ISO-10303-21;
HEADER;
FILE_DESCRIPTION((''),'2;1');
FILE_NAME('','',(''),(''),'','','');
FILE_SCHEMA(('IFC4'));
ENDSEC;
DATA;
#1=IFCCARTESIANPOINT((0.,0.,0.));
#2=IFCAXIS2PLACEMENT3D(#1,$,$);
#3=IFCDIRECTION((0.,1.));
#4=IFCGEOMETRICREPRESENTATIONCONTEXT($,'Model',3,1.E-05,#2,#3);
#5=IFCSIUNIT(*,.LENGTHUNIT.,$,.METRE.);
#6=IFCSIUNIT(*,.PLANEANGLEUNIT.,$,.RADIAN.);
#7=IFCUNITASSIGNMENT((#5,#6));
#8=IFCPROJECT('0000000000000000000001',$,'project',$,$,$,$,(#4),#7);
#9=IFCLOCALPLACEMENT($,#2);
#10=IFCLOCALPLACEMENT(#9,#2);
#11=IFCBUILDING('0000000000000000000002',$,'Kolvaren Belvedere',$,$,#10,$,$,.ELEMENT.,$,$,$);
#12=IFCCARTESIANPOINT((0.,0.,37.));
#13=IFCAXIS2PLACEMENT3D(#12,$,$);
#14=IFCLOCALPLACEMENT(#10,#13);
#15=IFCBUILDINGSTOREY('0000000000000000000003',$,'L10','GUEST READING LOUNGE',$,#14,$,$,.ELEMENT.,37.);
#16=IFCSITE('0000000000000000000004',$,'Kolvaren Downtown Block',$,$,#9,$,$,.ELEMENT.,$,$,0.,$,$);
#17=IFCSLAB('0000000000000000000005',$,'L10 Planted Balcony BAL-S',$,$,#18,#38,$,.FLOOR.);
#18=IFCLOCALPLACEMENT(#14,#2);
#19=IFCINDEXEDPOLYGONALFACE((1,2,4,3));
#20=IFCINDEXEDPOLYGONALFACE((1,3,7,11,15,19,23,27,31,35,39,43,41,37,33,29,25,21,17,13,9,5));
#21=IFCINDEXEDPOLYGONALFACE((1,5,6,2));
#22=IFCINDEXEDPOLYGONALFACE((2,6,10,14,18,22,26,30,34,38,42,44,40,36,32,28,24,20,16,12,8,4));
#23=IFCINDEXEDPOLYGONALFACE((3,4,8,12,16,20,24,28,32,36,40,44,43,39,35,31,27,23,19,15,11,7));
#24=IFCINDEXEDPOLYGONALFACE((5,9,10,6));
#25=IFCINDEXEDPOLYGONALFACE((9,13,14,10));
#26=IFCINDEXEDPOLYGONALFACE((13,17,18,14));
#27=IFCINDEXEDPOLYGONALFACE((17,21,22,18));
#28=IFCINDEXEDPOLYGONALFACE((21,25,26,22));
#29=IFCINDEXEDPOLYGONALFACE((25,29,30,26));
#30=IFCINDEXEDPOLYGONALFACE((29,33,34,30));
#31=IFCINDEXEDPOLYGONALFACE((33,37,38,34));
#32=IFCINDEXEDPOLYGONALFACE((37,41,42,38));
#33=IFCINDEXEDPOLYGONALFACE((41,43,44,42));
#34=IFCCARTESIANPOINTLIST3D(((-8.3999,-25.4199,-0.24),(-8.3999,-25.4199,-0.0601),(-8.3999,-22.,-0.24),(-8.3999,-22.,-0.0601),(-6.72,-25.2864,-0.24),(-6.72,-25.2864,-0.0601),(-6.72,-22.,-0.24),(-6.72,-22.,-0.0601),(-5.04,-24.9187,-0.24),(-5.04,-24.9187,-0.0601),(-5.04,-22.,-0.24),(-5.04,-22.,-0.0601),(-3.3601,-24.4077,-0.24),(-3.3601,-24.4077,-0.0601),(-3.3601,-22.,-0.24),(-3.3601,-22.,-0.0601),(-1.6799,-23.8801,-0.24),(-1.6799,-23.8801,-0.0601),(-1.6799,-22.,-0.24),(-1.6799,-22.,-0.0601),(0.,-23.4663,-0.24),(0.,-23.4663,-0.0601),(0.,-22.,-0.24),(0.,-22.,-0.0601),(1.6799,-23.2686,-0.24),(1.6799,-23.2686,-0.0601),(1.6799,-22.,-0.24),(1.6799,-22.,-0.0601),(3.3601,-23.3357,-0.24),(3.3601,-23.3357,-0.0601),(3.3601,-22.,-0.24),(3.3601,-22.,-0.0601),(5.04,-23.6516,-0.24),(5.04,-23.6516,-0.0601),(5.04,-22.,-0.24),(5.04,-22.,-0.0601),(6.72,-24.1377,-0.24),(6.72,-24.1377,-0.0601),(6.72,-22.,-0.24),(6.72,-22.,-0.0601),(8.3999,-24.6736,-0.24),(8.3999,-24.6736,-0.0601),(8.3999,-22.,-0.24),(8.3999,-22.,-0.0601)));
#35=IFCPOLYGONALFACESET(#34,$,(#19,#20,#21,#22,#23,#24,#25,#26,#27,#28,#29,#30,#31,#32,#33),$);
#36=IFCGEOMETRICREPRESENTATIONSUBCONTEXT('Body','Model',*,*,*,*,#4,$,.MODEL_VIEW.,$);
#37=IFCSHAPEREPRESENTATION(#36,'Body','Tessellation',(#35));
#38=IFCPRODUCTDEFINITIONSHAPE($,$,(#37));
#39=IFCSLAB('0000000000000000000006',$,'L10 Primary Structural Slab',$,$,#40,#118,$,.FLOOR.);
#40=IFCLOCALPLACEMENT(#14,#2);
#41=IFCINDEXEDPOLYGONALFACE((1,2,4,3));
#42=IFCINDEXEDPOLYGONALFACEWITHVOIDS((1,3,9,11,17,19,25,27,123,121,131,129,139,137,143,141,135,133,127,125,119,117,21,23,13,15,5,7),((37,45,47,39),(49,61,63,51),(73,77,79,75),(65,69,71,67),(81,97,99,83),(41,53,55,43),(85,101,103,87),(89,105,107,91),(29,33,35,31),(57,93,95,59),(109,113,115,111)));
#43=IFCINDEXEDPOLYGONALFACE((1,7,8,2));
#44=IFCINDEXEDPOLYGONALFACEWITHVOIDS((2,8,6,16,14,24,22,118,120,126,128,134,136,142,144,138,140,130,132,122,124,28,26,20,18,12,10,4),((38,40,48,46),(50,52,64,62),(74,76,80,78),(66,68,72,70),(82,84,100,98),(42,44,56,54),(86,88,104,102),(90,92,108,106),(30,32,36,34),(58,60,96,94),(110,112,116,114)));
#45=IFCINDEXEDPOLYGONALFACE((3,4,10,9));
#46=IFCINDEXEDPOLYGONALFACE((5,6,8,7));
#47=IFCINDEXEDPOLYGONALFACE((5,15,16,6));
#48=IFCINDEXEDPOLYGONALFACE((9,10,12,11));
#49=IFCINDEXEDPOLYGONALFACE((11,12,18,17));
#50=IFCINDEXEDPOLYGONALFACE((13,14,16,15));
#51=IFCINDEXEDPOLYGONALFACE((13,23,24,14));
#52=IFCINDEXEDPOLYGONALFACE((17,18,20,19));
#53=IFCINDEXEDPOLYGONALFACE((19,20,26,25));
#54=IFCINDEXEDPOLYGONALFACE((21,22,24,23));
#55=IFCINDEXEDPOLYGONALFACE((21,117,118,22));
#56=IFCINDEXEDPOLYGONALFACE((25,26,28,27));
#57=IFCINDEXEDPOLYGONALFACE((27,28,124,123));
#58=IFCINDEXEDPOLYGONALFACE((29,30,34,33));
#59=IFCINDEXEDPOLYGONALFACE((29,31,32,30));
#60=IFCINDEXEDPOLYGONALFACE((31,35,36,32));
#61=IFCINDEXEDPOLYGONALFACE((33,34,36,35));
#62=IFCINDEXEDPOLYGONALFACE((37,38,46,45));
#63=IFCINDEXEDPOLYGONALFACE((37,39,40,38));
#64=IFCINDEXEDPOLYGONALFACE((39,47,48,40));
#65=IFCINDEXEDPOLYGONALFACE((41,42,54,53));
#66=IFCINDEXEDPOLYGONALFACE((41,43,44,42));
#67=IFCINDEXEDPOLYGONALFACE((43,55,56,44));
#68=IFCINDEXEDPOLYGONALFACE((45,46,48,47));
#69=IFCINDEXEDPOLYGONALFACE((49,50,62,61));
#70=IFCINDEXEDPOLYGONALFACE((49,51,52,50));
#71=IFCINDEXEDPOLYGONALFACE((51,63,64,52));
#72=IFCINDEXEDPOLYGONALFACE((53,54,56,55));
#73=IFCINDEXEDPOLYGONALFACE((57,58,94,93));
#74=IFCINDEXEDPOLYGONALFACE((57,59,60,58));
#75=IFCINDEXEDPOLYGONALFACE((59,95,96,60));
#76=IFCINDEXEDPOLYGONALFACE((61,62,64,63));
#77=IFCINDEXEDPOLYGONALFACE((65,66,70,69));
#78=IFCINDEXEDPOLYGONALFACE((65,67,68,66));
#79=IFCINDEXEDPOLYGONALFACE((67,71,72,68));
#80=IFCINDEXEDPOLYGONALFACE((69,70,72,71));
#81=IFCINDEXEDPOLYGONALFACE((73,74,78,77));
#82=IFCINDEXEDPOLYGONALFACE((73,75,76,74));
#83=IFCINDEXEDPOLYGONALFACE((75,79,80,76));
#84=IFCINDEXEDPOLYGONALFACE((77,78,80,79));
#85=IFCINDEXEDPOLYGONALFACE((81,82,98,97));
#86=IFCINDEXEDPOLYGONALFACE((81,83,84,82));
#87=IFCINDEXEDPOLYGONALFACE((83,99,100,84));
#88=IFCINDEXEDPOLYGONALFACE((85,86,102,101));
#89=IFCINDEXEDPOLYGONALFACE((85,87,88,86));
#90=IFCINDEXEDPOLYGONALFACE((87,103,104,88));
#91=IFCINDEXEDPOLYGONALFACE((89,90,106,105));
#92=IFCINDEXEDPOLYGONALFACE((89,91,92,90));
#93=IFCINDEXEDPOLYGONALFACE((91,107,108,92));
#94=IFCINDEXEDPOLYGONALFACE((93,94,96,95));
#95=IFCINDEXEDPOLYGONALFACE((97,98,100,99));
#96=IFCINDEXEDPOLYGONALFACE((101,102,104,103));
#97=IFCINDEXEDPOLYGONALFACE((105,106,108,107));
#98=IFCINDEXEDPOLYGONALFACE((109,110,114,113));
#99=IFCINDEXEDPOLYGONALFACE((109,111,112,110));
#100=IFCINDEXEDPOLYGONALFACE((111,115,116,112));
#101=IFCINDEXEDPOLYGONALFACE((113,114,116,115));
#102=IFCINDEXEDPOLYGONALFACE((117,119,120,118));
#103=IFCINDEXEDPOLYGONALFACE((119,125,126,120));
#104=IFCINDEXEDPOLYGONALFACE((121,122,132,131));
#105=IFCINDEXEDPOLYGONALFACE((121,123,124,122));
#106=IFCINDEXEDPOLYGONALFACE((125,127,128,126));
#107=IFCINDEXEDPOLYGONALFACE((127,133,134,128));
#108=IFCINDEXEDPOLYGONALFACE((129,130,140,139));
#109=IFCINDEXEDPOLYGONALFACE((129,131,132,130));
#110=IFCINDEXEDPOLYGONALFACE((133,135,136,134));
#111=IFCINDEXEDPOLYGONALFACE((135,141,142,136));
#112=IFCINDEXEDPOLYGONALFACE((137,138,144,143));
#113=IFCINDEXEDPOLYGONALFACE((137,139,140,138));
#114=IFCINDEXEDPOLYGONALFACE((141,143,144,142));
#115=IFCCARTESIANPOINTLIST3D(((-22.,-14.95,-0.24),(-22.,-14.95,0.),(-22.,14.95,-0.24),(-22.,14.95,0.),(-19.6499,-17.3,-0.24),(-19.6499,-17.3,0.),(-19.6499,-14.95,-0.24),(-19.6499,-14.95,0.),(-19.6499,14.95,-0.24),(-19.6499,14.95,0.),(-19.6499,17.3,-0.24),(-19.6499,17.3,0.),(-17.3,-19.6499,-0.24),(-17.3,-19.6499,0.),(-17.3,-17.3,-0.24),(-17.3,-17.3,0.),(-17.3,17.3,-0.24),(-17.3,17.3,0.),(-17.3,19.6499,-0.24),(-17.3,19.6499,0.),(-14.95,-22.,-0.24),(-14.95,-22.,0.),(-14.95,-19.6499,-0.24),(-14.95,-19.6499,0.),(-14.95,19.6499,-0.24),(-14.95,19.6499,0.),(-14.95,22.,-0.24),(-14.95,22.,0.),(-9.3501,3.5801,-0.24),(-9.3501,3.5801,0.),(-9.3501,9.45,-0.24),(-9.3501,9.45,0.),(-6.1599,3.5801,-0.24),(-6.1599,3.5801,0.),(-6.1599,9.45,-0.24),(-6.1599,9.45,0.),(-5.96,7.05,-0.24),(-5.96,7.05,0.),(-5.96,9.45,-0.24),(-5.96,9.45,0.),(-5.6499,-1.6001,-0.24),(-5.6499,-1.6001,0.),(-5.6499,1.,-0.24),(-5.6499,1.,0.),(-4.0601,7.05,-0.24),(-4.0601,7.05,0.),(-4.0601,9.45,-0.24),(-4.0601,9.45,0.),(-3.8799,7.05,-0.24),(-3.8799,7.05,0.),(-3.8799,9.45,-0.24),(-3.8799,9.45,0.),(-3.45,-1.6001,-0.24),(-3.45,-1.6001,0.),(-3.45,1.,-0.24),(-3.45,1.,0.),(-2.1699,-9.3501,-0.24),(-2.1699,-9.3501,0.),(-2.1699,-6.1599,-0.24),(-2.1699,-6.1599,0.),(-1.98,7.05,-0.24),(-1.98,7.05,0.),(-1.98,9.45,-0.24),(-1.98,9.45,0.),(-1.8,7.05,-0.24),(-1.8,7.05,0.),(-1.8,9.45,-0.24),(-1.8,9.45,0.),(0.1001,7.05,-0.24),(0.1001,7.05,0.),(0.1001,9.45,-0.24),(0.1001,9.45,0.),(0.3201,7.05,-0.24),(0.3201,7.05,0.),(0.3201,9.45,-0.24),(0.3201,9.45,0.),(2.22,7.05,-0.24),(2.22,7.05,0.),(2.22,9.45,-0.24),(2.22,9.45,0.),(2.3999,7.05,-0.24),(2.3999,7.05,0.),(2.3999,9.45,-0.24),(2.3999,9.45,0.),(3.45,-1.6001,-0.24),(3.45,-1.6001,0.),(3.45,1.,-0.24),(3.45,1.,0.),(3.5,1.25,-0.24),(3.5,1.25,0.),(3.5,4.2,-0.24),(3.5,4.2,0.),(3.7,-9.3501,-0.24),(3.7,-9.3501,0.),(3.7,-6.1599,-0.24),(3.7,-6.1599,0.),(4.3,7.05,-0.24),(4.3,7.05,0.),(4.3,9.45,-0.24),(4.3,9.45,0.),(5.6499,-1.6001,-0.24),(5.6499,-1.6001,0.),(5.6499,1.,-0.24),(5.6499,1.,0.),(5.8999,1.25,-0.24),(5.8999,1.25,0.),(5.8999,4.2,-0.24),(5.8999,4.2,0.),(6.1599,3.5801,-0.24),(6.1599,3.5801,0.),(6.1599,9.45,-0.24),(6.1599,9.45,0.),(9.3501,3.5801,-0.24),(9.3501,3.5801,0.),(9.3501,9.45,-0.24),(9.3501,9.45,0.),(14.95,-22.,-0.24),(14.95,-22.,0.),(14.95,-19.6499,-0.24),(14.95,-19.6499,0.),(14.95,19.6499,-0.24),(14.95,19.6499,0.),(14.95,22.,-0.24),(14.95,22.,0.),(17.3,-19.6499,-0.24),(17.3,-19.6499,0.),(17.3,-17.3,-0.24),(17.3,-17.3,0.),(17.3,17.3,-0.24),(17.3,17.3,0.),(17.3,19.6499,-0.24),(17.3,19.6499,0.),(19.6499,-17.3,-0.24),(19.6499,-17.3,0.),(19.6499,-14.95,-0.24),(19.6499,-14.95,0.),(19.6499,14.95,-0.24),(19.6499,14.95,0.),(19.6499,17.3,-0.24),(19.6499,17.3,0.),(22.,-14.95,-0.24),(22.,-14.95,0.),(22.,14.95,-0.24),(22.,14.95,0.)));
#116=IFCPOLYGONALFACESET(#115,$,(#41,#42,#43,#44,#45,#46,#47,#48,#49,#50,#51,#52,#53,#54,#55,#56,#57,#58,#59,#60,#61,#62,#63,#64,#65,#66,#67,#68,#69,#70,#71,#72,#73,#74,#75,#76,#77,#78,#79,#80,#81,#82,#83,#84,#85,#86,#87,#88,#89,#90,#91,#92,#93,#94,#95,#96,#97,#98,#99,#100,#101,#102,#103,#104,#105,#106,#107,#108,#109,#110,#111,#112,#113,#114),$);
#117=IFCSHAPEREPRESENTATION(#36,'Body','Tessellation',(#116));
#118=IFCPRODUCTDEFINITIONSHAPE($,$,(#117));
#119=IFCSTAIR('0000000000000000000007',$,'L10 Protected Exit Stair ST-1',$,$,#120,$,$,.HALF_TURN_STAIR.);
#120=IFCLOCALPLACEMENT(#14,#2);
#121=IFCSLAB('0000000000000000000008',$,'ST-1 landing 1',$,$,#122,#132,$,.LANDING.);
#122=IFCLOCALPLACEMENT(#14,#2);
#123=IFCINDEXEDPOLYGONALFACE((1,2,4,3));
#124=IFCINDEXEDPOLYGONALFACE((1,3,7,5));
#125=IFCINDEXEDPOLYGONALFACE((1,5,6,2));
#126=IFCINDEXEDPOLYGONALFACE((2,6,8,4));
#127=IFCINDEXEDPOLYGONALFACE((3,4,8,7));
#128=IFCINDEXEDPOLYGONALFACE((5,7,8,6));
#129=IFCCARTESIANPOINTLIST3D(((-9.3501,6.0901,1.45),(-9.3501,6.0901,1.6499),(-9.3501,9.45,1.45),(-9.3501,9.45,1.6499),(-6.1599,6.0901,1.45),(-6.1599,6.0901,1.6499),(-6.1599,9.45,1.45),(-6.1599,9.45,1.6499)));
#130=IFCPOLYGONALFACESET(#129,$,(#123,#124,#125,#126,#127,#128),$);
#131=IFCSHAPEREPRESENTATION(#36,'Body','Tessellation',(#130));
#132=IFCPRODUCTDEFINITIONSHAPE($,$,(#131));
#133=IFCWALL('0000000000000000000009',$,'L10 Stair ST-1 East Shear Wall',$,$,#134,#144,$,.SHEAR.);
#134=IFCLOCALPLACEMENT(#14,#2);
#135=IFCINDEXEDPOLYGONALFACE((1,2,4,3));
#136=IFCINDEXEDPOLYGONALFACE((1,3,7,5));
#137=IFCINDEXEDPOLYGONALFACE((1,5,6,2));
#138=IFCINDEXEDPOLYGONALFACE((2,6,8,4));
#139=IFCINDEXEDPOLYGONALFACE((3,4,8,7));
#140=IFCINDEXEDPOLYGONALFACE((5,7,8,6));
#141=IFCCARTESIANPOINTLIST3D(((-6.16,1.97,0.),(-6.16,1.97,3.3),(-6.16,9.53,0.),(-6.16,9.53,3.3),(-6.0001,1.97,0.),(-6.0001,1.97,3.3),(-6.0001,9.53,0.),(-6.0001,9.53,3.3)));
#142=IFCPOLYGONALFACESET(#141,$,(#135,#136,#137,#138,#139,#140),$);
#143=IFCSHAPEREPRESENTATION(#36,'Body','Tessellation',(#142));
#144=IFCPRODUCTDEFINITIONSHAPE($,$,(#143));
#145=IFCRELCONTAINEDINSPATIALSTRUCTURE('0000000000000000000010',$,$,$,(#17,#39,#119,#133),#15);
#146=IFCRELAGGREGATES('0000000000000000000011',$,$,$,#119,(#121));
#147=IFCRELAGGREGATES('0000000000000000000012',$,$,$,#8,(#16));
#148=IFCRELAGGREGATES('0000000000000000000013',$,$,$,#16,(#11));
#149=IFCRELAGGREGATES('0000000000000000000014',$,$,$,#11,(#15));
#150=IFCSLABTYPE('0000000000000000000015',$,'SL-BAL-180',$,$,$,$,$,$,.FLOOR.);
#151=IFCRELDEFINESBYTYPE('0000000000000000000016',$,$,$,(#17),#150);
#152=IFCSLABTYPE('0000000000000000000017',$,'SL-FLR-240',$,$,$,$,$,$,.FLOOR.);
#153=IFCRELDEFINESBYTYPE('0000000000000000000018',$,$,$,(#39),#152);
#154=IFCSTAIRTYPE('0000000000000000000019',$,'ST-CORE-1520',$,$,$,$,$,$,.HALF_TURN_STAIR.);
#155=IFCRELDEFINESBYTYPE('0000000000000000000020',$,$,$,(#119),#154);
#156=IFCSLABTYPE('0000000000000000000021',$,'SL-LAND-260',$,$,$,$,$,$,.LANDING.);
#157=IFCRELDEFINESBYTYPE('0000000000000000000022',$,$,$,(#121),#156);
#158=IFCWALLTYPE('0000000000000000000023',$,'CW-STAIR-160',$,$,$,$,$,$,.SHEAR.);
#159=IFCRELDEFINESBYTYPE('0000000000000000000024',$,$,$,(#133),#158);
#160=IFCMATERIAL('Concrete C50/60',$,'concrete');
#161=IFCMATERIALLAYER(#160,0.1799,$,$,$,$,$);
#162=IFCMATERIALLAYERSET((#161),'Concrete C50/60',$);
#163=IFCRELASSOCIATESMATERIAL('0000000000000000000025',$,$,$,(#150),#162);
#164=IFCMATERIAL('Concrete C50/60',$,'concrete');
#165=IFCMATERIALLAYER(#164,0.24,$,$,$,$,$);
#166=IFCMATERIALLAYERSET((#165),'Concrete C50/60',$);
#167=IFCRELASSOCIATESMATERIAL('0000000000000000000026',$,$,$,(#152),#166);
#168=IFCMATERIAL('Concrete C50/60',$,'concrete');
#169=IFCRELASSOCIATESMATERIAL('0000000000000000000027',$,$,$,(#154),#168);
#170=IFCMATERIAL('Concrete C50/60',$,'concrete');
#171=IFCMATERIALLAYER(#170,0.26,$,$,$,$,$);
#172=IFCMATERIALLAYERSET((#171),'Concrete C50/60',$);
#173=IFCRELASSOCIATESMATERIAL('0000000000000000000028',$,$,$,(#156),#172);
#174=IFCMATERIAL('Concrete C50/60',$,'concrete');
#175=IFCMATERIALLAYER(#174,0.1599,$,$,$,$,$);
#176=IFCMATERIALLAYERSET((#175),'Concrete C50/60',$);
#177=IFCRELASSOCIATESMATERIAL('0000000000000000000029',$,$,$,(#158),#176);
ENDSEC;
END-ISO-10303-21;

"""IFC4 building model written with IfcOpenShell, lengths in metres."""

from ifc_helpers import new_model, si_unit, direction, frame, frame_2d, origin, place, context, subcontext, project, spatial, polyline, rectangle, outline, extrude, material, layer, layer_set, type_object, element, aggregate, save


model = new_model("IFC4")

# Units and contexts
model_context = context("Model", 3, precision=1e-05, world=origin(), true_north=direction((0.0, 1.0)))
body_context = subcontext(model_context, "Body", "Model", "MODEL_VIEW")
ifc_project = project(units=[si_unit("LENGTHUNIT", "METRE"), si_unit("PLANEANGLEUNIT", "RADIAN")], contexts=[model_context])

# Site, building, storey
site_placement = place(None, origin())
site = spatial("IfcSite", under=ifc_project, at=site_placement, Name="Kolvaren Downtown Block", CompositionType="ELEMENT", RefElevation=0.0)
building_placement = place(site_placement, origin())
building = spatial("IfcBuilding", under=site, at=building_placement, Name="Kolvaren Belvedere", CompositionType="ELEMENT")
storey_placement = place(building_placement, frame((0.0, 0.0, 37.0)))
storey = spatial("IfcBuildingStorey", under=building, at=storey_placement, Name="L10", Description="GUEST READING LOUNGE", CompositionType="ELEMENT", Elevation=37.0)

# Slabs
ifc_material_1 = material(Name="Concrete C50/60", Category="concrete")
ifc_layer_1 = layer(ifc_material_1, 0.1799)
ifc_layer_set_1 = layer_set([ifc_layer_1], Name="Concrete C50/60")
slab_type_1 = type_object("IfcSlabType", Name="SL-BAL-180", PredefinedType="FLOOR", material=ifc_layer_set_1)
slab_1_placement = place(storey_placement, frame((0.0, 0.0, -0.24)))
element("IfcSlab", 1, at=slab_1_placement, inside=storey, type_object=slab_type_1, Name="L10 Planted Balcony BAL-S", PredefinedType="FLOOR", context=body_context, shape_type="SweptSolid", body=[
    extrude(outline(polyline([(-8.3999, -25.4199), (-6.72, -25.2864), (-5.04, -24.9187), (-3.3601, -24.4077), (-1.6799, -23.8801), (0.0, -23.4663), (1.6799, -23.2686), (3.3601, -23.3357), (5.04, -23.6516), (6.72, -24.1377), (8.3999, -24.6736), (8.3999, -22.0), (6.72, -22.0), (5.04, -22.0), (3.3601, -22.0), (1.6799, -22.0), (0.0, -22.0), (-1.6799, -22.0), (-3.3601, -22.0), (-5.04, -22.0), (-6.72, -22.0), (-8.3999, -22.0), (-8.3999, -25.4199)])), origin(), (0.0, 0.0, 1.0), 0.1799),
])
ifc_material_2 = material(Name="Concrete C50/60", Category="concrete")
ifc_layer_2 = layer(ifc_material_2, 0.24)
ifc_layer_set_2 = layer_set([ifc_layer_2], Name="Concrete C50/60")
slab_type_2 = type_object("IfcSlabType", Name="SL-FLR-240", PredefinedType="FLOOR", material=ifc_layer_set_2)
slab_2_placement = place(storey_placement, frame((0.0, 0.0, -0.24)))
element("IfcSlab", 2, at=slab_2_placement, inside=storey, type_object=slab_type_2, Name="L10 Primary Structural Slab", PredefinedType="FLOOR", context=body_context, shape_type="SweptSolid", body=[
    extrude(outline(polyline([(-14.95, -22.0), (14.95, -22.0), (14.95, -19.6499), (17.3, -19.6499), (17.3, -17.3), (19.6499, -17.3), (19.6499, -14.95), (22.0, -14.95), (22.0, 14.95), (19.6499, 14.95), (19.6499, 17.3), (17.3, 17.3), (17.3, 19.6499), (14.95, 19.6499), (14.95, 22.0), (-14.95, 22.0), (-14.95, 19.6499), (-17.3, 19.6499), (-17.3, 17.3), (-19.6499, 17.3), (-19.6499, 14.95), (-22.0, 14.95), (-22.0, -14.95), (-19.6499, -14.95), (-19.6499, -17.3), (-17.3, -17.3), (-17.3, -19.6499), (-14.95, -19.6499), (-14.95, -22.0)]), holes=[polyline([(-9.3501, 3.5801), (-6.1599, 3.5801), (-6.1599, 9.45), (-9.3501, 9.45), (-9.3501, 3.5801)]), polyline([(6.1599, 3.5801), (9.3501, 3.5801), (9.3501, 9.45), (6.1599, 9.45), (6.1599, 3.5801)]), polyline([(-2.1699, -9.3501), (3.7, -9.3501), (3.7, -6.1599), (-2.1699, -6.1599), (-2.1699, -9.3501)]), polyline([(-5.6499, -1.6001), (-3.45, -1.6001), (-3.45, 1.0), (-5.6499, 1.0), (-5.6499, -1.6001)]), polyline([(3.5, 1.25), (5.8999, 1.25), (5.8999, 4.2), (3.5, 4.2), (3.5, 1.25)]), polyline([(3.45, -1.6001), (5.6499, -1.6001), (5.6499, 1.0), (3.45, 1.0), (3.45, -1.6001)]), polyline([(-5.96, 7.05), (-4.0601, 7.05), (-4.0601, 9.45), (-5.96, 9.45), (-5.96, 7.05)]), polyline([(-3.8799, 7.05), (-1.98, 7.05), (-1.98, 9.45), (-3.8799, 9.45), (-3.8799, 7.05)]), polyline([(-1.8, 7.05), (0.1001, 7.05), (0.1001, 9.45), (-1.8, 9.45), (-1.8, 7.05)]), polyline([(0.3201, 7.05), (2.22, 7.05), (2.22, 9.45), (0.3201, 9.45), (0.3201, 7.05)]), polyline([(2.3999, 7.05), (4.3, 7.05), (4.3, 9.45), (2.3999, 9.45), (2.3999, 7.05)])]), origin(), (0.0, 0.0, 1.0), 0.24),
])

# Stair, slab
ifc_material_3 = material(Name="Concrete C50/60", Category="concrete")
stair_type = type_object("IfcStairType", Name="ST-CORE-1520", PredefinedType="HALF_TURN_STAIR", material=ifc_material_3)
stair_placement = place(storey_placement, origin())
stair = element("IfcStair", 3, at=stair_placement, inside=storey, type_object=stair_type, Name="L10 Protected Exit Stair ST-1", PredefinedType="HALF_TURN_STAIR")
ifc_material_4 = material(Name="Concrete C50/60", Category="concrete")
ifc_layer_3 = layer(ifc_material_4, 0.26)
ifc_layer_set_3 = layer_set([ifc_layer_3], Name="Concrete C50/60")
slab_type_3 = type_object("IfcSlabType", Name="SL-LAND-260", PredefinedType="LANDING", material=ifc_layer_set_3)
slab_3_placement = place(storey_placement, frame((0.0, 0.0, 1.45)))
slab_3 = element("IfcSlab", 4, at=slab_3_placement, type_object=slab_type_3, Name="ST-1 landing 1", PredefinedType="LANDING", context=body_context, shape_type="SweptSolid", body=[
    extrude(outline(polyline([(-6.1599, 6.0901), (-6.1599, 9.45), (-9.3501, 9.45), (-9.3501, 6.0901), (-6.1599, 6.0901)])), origin(), (0.0, 0.0, 1.0), 0.2),
])

# Wall
ifc_material_5 = material(Name="Concrete C50/60", Category="concrete")
ifc_layer_4 = layer(ifc_material_5, 0.1599)
ifc_layer_set_4 = layer_set([ifc_layer_4], Name="Concrete C50/60")
wall_type_1 = type_object("IfcWallType", Name="CW-STAIR-160", PredefinedType="SHEAR", material=ifc_layer_set_4)
wall_1_placement = place(storey_placement, frame((-6.0801, 1.97, 0.0), z_axis=(0.0, 0.0, 1.0), x_axis=(0.0, 1.0, 0.0)))
element("IfcWall", 5, at=wall_1_placement, inside=storey, type_object=wall_type_1, Name="L10 Stair ST-1 East Shear Wall", PredefinedType="SHEAR", context=body_context, shape_type="SweptSolid", body=[
    extrude(rectangle(XDim=7.5601, YDim=0.1599, at=frame_2d((3.78, 0.0))), origin(), (0.0, 0.0, 1.0), 3.3),
])

aggregate(stair, [slab_3])

save(model, "model.ifc")
